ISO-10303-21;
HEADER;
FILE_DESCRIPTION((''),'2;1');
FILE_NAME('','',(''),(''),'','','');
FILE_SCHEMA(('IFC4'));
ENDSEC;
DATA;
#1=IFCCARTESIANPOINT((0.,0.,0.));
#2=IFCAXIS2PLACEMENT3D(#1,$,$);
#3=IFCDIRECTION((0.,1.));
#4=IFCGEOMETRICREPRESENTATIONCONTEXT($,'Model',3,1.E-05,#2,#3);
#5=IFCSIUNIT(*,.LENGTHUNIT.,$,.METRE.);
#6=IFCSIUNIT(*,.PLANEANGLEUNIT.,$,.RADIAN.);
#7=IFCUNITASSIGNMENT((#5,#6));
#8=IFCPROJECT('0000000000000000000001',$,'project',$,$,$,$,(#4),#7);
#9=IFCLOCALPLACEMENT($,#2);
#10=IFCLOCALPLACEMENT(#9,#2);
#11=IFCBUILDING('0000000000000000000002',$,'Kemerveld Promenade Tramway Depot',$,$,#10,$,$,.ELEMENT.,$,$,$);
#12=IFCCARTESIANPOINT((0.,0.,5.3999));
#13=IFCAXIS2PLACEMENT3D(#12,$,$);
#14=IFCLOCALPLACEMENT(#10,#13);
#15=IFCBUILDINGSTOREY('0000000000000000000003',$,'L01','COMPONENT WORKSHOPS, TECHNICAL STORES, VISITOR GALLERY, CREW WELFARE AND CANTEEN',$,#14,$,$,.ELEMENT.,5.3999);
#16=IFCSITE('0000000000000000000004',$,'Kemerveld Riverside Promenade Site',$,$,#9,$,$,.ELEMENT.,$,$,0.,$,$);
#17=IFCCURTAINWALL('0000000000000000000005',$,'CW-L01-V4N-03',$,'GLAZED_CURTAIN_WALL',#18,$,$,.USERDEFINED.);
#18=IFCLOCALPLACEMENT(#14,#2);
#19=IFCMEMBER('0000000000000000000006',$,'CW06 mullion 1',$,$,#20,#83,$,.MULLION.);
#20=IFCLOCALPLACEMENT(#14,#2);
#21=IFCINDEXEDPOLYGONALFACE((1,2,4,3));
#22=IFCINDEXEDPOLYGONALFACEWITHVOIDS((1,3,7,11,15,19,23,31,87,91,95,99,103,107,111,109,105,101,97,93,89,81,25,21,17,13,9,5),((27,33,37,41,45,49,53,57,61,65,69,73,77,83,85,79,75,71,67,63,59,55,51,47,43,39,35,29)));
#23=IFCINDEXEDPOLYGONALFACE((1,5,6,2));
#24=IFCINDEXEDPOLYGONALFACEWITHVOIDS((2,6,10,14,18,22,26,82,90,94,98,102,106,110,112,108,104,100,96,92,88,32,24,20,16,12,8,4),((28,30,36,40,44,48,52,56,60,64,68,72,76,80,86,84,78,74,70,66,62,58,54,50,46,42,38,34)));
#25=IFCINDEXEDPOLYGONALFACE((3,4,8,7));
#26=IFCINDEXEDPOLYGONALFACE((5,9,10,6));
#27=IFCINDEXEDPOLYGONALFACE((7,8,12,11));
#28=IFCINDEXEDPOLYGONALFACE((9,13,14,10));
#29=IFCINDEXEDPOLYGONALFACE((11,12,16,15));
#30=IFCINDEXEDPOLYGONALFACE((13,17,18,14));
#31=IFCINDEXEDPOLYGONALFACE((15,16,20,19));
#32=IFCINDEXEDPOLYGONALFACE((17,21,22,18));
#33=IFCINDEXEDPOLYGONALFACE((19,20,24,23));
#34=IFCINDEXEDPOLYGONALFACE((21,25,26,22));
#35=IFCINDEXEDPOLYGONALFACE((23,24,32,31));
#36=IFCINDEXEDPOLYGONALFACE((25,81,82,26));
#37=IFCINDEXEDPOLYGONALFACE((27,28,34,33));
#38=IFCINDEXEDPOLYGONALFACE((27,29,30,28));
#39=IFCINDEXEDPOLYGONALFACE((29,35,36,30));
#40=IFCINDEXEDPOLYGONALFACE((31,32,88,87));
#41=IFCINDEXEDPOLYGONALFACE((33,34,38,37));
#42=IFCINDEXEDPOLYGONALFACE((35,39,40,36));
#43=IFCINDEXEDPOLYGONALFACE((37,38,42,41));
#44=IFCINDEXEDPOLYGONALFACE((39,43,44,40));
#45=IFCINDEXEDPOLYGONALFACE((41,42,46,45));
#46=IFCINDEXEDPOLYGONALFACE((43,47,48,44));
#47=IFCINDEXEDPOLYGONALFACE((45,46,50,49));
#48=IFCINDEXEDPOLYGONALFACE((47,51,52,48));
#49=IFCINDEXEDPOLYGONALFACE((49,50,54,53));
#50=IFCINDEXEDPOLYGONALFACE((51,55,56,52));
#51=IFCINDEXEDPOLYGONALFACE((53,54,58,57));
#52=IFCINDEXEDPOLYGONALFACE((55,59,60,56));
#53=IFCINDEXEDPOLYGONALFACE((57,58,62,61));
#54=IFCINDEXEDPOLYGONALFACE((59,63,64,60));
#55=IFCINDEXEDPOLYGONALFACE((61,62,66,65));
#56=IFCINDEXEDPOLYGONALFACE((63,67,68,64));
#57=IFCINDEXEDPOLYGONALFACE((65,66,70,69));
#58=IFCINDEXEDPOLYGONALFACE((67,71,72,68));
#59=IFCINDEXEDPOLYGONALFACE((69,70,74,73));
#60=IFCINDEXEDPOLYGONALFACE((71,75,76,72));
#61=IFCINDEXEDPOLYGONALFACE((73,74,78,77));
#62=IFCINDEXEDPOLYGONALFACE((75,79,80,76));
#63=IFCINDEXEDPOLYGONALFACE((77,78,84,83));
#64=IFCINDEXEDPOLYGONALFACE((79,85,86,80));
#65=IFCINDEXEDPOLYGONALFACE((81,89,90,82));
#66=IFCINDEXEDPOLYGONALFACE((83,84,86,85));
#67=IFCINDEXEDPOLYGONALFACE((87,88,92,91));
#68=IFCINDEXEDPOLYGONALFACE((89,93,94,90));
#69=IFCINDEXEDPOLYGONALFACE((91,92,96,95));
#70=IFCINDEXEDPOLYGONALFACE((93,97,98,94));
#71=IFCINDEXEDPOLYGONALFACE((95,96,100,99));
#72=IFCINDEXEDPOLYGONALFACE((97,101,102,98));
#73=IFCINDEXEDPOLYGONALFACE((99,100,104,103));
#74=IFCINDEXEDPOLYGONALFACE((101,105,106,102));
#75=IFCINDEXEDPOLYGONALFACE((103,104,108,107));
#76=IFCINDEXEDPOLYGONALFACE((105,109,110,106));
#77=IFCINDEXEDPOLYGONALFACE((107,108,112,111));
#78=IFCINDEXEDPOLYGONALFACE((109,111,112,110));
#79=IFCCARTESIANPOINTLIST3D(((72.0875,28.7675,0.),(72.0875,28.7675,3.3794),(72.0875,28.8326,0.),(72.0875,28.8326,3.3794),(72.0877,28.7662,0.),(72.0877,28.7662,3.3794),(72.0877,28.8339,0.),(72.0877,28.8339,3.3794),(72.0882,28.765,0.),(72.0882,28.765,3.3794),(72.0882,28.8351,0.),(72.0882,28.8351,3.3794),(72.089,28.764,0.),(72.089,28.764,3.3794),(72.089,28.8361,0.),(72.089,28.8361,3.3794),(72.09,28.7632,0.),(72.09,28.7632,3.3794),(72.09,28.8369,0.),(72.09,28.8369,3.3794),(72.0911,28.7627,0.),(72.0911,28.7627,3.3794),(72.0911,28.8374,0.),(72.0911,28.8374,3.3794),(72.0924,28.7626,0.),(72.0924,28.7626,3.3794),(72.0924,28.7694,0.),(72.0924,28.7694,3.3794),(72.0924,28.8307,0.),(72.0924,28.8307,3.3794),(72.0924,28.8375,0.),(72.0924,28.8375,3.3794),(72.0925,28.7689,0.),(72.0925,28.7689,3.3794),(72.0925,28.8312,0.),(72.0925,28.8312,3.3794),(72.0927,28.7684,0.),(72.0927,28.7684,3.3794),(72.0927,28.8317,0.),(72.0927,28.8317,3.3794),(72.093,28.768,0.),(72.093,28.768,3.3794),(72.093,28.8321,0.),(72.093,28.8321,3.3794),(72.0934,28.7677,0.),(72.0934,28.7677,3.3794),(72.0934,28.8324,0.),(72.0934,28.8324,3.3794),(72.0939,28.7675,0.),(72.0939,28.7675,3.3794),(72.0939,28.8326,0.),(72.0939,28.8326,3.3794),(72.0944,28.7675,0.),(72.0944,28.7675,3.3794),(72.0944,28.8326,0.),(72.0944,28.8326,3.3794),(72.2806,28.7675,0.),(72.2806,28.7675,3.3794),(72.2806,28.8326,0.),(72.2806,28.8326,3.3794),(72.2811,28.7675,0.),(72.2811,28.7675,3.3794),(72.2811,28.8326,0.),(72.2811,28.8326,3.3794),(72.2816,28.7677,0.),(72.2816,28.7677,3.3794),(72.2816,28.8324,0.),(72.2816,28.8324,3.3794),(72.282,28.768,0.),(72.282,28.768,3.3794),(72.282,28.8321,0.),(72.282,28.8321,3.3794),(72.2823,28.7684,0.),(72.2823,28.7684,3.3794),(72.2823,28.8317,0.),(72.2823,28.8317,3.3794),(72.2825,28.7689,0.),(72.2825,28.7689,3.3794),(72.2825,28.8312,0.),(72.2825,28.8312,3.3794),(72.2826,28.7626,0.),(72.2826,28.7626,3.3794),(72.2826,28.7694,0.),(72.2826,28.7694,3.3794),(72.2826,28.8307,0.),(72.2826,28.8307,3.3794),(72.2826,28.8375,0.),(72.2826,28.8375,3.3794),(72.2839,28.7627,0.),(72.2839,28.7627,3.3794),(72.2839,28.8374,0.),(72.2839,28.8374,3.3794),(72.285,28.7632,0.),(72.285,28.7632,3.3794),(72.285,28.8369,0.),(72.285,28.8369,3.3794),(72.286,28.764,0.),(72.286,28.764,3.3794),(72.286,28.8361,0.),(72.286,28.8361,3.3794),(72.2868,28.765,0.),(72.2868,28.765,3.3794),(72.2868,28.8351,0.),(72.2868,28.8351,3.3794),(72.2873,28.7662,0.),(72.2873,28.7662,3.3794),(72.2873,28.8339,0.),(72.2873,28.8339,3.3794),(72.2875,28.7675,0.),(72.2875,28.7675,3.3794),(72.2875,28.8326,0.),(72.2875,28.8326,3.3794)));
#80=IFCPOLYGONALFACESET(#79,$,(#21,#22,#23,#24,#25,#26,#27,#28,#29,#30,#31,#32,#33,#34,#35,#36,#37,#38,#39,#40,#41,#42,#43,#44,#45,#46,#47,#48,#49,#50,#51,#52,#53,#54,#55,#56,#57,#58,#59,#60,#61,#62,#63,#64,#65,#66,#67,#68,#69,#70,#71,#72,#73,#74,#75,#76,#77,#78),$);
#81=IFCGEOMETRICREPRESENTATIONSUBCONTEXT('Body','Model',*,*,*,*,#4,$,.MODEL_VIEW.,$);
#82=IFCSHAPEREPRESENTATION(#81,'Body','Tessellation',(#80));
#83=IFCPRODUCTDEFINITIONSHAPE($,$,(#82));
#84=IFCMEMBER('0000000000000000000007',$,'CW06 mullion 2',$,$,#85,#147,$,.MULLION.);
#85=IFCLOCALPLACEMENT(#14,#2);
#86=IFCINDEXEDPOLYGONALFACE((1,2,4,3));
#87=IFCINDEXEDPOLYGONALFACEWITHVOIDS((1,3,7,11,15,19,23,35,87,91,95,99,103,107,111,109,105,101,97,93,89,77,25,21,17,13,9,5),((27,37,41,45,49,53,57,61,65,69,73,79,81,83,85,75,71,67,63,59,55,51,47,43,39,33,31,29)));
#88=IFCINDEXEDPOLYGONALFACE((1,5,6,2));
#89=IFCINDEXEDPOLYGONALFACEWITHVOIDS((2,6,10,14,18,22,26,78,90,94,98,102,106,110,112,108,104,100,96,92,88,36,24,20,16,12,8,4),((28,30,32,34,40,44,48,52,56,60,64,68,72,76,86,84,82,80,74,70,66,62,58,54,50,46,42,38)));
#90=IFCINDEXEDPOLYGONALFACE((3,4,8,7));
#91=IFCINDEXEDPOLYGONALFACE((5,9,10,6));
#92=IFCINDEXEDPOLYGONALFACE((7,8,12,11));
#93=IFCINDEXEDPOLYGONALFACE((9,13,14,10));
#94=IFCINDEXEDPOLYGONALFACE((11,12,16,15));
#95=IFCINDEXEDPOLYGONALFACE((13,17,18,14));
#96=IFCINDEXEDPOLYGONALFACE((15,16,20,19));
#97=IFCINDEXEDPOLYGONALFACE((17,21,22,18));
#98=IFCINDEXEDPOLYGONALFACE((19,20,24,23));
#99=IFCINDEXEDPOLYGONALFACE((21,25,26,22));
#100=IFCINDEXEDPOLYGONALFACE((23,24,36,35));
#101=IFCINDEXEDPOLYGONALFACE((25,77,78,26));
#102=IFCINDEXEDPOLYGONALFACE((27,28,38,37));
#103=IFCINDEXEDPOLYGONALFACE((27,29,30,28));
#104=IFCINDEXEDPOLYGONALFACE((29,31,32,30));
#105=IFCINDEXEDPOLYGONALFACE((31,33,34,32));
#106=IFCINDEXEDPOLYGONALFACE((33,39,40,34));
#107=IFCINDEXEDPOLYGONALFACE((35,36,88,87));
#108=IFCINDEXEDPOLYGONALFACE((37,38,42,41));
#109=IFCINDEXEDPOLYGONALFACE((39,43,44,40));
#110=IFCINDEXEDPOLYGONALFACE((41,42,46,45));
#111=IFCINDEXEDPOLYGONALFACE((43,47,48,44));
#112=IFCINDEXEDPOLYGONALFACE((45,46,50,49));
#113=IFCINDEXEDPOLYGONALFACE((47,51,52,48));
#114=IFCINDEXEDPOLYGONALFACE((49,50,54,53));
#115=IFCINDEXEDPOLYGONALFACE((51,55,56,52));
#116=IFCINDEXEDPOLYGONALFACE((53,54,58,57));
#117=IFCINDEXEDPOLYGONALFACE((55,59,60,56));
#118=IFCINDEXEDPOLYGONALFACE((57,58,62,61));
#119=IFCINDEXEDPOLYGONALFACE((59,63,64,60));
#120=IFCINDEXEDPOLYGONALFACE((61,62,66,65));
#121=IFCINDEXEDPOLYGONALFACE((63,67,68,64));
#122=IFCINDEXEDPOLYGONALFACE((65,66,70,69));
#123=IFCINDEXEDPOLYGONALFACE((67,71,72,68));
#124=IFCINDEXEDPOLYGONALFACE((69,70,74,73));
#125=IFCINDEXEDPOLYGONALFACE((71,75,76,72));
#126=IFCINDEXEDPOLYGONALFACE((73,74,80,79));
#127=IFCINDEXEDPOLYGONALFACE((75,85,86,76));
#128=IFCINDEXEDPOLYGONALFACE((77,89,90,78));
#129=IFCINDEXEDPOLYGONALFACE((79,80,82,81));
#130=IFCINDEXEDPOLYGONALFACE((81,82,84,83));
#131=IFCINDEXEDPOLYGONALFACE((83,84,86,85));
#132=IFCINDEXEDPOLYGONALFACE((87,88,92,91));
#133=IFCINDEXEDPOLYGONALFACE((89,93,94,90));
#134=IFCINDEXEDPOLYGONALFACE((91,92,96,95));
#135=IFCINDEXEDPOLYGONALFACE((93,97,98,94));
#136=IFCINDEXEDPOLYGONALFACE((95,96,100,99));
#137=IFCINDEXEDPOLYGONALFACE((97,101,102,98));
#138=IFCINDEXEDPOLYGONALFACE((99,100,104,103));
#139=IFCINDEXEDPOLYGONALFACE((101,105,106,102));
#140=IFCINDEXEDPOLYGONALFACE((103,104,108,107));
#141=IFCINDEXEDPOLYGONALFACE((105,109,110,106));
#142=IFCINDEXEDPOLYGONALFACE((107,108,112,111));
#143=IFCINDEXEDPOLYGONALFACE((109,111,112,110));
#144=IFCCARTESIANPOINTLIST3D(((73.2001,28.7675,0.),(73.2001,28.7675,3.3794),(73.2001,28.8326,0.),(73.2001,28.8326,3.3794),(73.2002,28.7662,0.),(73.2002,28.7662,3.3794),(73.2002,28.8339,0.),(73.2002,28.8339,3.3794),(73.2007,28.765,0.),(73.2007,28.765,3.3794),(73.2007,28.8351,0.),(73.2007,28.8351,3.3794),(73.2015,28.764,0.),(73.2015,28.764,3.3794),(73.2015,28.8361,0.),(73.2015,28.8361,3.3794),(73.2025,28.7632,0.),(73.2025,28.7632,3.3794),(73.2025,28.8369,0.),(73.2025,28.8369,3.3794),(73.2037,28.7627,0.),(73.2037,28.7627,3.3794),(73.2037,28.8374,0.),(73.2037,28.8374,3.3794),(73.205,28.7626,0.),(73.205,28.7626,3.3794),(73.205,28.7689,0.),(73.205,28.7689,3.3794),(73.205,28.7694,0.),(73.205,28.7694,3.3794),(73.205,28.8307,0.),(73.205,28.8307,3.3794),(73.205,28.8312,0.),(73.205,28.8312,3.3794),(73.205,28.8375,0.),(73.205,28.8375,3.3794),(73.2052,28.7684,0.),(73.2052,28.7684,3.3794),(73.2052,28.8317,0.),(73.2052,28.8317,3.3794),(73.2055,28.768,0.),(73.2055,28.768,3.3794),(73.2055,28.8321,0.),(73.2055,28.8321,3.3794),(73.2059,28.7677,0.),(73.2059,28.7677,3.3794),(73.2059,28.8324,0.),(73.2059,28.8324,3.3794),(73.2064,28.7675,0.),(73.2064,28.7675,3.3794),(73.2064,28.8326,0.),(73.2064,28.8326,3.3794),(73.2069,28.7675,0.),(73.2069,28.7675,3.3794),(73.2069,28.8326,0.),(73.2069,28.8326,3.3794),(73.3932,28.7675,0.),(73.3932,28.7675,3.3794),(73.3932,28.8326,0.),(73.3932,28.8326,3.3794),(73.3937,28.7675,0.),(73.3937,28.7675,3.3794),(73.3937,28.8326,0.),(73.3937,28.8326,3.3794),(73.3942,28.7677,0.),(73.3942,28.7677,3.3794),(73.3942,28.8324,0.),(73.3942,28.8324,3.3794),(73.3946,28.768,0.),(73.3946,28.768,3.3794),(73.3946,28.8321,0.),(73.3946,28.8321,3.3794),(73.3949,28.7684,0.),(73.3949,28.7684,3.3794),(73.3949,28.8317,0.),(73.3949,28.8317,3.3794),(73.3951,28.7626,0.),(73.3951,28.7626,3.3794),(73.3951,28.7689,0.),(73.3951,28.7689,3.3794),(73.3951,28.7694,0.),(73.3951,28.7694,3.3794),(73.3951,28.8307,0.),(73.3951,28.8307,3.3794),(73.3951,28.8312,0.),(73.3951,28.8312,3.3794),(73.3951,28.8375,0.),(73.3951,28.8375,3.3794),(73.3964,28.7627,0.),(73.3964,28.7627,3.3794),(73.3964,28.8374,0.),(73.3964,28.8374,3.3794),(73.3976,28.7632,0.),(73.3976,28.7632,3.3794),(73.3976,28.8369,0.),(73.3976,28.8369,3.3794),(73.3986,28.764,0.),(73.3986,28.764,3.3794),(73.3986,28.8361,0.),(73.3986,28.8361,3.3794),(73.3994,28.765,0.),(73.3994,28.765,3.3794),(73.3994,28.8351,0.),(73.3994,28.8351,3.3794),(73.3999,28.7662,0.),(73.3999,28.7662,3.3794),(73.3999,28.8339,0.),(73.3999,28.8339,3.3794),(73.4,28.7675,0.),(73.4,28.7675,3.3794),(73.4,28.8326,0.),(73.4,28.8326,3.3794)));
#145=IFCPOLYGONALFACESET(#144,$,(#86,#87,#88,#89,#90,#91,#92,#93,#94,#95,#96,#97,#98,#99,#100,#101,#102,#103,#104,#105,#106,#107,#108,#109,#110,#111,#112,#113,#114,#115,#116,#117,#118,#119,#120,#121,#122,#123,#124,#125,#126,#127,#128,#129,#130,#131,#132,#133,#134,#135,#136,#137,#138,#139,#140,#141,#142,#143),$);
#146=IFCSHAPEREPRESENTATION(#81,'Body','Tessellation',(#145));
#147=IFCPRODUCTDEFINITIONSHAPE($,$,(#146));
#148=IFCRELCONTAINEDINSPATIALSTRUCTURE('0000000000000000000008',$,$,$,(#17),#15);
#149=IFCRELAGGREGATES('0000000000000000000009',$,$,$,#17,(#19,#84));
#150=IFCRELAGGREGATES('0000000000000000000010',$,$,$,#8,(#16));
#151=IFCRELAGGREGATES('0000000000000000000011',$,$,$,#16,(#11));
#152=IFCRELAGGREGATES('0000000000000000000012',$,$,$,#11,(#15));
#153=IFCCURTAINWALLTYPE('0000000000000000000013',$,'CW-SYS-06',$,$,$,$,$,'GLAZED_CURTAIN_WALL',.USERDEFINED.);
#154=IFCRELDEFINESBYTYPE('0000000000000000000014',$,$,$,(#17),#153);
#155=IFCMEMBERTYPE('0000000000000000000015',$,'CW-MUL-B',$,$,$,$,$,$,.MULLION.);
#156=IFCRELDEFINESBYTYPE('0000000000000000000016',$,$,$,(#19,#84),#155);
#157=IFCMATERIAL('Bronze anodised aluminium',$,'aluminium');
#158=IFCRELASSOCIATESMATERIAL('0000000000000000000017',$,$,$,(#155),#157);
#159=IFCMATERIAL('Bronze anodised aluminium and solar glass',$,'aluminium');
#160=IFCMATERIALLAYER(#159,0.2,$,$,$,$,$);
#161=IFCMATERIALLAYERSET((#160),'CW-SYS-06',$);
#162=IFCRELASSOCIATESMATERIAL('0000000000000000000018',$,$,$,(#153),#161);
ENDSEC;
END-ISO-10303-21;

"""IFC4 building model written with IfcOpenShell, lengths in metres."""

from ifc_helpers import new_model, si_unit, direction, frame, origin, origin_2d, place, context, subcontext, project, spatial, hollow_rectangle, extrude, material, layer, layer_set, material_profile, profile_set, type_object, element, aggregate, save


model = new_model("IFC4")

# Units and contexts
model_context = context("Model", 3, precision=1e-05, world=origin(), true_north=direction((0.0, 1.0)))
body_context = subcontext(model_context, "Body", "Model", "MODEL_VIEW")
ifc_project = project(units=[si_unit("LENGTHUNIT", "METRE"), si_unit("PLANEANGLEUNIT", "RADIAN")], contexts=[model_context])

# Site, building, storey
site_placement = place(None, origin())
site = spatial("IfcSite", under=ifc_project, at=site_placement, Name="Kemerveld Riverside Promenade Site", CompositionType="ELEMENT", RefElevation=0.0)
building_placement = place(site_placement, origin())
building = spatial("IfcBuilding", under=site, at=building_placement, Name="Kemerveld Promenade Tramway Depot", CompositionType="ELEMENT")
storey_placement = place(building_placement, frame((0.0, 0.0, 5.3999)))
storey = spatial("IfcBuildingStorey", under=building, at=storey_placement, Name="L01", Description="COMPONENT WORKSHOPS, TECHNICAL STORES, VISITOR GALLERY, CREW WELFARE AND CANTEEN", CompositionType="ELEMENT", Elevation=5.3999)

# Curtain wall, members
ifc_material_1 = material(Name="Bronze anodised aluminium and solar glass", Category="aluminium")
ifc_material_2 = material(Name="Bronze anodised aluminium", Category="aluminium")
ifc_material_profile_1 = material_profile(ifc_material_2, hollow_rectangle(XDim=0.075, YDim=0.2, WallThickness=0.0049, InnerFilletRadius=0.002, OuterFilletRadius=0.0049, at=origin_2d()), Name="CW-MUL-200x75")
ifc_profile_set_1 = profile_set([ifc_material_profile_1], Name="Bronze anodised aluminium")
member_type_1 = type_object("IfcMemberType", Name="CW-MUL-B", PredefinedType="MULLION", material=ifc_profile_set_1)
ifc_layer_1 = layer(ifc_material_1, 0.2)
ifc_layer_set_1 = layer_set([ifc_layer_1], Name="CW-SYS-06")
curtain_wall_type_1 = type_object("IfcCurtainWallType", Name="CW-SYS-06", ElementType="GLAZED_CURTAIN_WALL", PredefinedType="USERDEFINED", material=ifc_layer_set_1)
curtain_wall_1_placement = place(storey_placement, origin())
curtain_wall_1 = element("IfcCurtainWall", 1, at=curtain_wall_1_placement, inside=storey, type_object=curtain_wall_type_1, Name="CW-L01-V4N-03", ObjectType="GLAZED_CURTAIN_WALL", PredefinedType="USERDEFINED")
member_1_placement = place(storey_placement, frame((72.1875, 28.8, 0.0), z_axis=(0.0, 0.0, 1.0), x_axis=(0.0, 1.0, 0.0)))
member_1 = element("IfcMember", 2, at=member_1_placement, type_object=member_type_1, Name="CW06 mullion 1", PredefinedType="MULLION", context=body_context, shape_type="SweptSolid", body=[
    extrude(hollow_rectangle(XDim=0.075, YDim=0.2, WallThickness=0.0049, InnerFilletRadius=0.002, OuterFilletRadius=0.0049, at=origin_2d()), origin(), (0.0, 0.0, 1.0), 3.3794),
])
member_2_placement = place(storey_placement, frame((73.3, 28.8, 0.0), z_axis=(0.0, 0.0, 1.0), x_axis=(0.0, 1.0, 0.0)))
member_2 = element("IfcMember", 3, at=member_2_placement, type_object=member_type_1, Name="CW06 mullion 2", PredefinedType="MULLION", context=body_context, shape_type="SweptSolid", body=[
    extrude(hollow_rectangle(XDim=0.075, YDim=0.2, WallThickness=0.0049, InnerFilletRadius=0.002, OuterFilletRadius=0.0049, at=origin_2d()), origin(), (0.0, 0.0, 1.0), 3.3794),
])

aggregate(curtain_wall_1, [member_1, member_2])

save(model, "model.ifc")
